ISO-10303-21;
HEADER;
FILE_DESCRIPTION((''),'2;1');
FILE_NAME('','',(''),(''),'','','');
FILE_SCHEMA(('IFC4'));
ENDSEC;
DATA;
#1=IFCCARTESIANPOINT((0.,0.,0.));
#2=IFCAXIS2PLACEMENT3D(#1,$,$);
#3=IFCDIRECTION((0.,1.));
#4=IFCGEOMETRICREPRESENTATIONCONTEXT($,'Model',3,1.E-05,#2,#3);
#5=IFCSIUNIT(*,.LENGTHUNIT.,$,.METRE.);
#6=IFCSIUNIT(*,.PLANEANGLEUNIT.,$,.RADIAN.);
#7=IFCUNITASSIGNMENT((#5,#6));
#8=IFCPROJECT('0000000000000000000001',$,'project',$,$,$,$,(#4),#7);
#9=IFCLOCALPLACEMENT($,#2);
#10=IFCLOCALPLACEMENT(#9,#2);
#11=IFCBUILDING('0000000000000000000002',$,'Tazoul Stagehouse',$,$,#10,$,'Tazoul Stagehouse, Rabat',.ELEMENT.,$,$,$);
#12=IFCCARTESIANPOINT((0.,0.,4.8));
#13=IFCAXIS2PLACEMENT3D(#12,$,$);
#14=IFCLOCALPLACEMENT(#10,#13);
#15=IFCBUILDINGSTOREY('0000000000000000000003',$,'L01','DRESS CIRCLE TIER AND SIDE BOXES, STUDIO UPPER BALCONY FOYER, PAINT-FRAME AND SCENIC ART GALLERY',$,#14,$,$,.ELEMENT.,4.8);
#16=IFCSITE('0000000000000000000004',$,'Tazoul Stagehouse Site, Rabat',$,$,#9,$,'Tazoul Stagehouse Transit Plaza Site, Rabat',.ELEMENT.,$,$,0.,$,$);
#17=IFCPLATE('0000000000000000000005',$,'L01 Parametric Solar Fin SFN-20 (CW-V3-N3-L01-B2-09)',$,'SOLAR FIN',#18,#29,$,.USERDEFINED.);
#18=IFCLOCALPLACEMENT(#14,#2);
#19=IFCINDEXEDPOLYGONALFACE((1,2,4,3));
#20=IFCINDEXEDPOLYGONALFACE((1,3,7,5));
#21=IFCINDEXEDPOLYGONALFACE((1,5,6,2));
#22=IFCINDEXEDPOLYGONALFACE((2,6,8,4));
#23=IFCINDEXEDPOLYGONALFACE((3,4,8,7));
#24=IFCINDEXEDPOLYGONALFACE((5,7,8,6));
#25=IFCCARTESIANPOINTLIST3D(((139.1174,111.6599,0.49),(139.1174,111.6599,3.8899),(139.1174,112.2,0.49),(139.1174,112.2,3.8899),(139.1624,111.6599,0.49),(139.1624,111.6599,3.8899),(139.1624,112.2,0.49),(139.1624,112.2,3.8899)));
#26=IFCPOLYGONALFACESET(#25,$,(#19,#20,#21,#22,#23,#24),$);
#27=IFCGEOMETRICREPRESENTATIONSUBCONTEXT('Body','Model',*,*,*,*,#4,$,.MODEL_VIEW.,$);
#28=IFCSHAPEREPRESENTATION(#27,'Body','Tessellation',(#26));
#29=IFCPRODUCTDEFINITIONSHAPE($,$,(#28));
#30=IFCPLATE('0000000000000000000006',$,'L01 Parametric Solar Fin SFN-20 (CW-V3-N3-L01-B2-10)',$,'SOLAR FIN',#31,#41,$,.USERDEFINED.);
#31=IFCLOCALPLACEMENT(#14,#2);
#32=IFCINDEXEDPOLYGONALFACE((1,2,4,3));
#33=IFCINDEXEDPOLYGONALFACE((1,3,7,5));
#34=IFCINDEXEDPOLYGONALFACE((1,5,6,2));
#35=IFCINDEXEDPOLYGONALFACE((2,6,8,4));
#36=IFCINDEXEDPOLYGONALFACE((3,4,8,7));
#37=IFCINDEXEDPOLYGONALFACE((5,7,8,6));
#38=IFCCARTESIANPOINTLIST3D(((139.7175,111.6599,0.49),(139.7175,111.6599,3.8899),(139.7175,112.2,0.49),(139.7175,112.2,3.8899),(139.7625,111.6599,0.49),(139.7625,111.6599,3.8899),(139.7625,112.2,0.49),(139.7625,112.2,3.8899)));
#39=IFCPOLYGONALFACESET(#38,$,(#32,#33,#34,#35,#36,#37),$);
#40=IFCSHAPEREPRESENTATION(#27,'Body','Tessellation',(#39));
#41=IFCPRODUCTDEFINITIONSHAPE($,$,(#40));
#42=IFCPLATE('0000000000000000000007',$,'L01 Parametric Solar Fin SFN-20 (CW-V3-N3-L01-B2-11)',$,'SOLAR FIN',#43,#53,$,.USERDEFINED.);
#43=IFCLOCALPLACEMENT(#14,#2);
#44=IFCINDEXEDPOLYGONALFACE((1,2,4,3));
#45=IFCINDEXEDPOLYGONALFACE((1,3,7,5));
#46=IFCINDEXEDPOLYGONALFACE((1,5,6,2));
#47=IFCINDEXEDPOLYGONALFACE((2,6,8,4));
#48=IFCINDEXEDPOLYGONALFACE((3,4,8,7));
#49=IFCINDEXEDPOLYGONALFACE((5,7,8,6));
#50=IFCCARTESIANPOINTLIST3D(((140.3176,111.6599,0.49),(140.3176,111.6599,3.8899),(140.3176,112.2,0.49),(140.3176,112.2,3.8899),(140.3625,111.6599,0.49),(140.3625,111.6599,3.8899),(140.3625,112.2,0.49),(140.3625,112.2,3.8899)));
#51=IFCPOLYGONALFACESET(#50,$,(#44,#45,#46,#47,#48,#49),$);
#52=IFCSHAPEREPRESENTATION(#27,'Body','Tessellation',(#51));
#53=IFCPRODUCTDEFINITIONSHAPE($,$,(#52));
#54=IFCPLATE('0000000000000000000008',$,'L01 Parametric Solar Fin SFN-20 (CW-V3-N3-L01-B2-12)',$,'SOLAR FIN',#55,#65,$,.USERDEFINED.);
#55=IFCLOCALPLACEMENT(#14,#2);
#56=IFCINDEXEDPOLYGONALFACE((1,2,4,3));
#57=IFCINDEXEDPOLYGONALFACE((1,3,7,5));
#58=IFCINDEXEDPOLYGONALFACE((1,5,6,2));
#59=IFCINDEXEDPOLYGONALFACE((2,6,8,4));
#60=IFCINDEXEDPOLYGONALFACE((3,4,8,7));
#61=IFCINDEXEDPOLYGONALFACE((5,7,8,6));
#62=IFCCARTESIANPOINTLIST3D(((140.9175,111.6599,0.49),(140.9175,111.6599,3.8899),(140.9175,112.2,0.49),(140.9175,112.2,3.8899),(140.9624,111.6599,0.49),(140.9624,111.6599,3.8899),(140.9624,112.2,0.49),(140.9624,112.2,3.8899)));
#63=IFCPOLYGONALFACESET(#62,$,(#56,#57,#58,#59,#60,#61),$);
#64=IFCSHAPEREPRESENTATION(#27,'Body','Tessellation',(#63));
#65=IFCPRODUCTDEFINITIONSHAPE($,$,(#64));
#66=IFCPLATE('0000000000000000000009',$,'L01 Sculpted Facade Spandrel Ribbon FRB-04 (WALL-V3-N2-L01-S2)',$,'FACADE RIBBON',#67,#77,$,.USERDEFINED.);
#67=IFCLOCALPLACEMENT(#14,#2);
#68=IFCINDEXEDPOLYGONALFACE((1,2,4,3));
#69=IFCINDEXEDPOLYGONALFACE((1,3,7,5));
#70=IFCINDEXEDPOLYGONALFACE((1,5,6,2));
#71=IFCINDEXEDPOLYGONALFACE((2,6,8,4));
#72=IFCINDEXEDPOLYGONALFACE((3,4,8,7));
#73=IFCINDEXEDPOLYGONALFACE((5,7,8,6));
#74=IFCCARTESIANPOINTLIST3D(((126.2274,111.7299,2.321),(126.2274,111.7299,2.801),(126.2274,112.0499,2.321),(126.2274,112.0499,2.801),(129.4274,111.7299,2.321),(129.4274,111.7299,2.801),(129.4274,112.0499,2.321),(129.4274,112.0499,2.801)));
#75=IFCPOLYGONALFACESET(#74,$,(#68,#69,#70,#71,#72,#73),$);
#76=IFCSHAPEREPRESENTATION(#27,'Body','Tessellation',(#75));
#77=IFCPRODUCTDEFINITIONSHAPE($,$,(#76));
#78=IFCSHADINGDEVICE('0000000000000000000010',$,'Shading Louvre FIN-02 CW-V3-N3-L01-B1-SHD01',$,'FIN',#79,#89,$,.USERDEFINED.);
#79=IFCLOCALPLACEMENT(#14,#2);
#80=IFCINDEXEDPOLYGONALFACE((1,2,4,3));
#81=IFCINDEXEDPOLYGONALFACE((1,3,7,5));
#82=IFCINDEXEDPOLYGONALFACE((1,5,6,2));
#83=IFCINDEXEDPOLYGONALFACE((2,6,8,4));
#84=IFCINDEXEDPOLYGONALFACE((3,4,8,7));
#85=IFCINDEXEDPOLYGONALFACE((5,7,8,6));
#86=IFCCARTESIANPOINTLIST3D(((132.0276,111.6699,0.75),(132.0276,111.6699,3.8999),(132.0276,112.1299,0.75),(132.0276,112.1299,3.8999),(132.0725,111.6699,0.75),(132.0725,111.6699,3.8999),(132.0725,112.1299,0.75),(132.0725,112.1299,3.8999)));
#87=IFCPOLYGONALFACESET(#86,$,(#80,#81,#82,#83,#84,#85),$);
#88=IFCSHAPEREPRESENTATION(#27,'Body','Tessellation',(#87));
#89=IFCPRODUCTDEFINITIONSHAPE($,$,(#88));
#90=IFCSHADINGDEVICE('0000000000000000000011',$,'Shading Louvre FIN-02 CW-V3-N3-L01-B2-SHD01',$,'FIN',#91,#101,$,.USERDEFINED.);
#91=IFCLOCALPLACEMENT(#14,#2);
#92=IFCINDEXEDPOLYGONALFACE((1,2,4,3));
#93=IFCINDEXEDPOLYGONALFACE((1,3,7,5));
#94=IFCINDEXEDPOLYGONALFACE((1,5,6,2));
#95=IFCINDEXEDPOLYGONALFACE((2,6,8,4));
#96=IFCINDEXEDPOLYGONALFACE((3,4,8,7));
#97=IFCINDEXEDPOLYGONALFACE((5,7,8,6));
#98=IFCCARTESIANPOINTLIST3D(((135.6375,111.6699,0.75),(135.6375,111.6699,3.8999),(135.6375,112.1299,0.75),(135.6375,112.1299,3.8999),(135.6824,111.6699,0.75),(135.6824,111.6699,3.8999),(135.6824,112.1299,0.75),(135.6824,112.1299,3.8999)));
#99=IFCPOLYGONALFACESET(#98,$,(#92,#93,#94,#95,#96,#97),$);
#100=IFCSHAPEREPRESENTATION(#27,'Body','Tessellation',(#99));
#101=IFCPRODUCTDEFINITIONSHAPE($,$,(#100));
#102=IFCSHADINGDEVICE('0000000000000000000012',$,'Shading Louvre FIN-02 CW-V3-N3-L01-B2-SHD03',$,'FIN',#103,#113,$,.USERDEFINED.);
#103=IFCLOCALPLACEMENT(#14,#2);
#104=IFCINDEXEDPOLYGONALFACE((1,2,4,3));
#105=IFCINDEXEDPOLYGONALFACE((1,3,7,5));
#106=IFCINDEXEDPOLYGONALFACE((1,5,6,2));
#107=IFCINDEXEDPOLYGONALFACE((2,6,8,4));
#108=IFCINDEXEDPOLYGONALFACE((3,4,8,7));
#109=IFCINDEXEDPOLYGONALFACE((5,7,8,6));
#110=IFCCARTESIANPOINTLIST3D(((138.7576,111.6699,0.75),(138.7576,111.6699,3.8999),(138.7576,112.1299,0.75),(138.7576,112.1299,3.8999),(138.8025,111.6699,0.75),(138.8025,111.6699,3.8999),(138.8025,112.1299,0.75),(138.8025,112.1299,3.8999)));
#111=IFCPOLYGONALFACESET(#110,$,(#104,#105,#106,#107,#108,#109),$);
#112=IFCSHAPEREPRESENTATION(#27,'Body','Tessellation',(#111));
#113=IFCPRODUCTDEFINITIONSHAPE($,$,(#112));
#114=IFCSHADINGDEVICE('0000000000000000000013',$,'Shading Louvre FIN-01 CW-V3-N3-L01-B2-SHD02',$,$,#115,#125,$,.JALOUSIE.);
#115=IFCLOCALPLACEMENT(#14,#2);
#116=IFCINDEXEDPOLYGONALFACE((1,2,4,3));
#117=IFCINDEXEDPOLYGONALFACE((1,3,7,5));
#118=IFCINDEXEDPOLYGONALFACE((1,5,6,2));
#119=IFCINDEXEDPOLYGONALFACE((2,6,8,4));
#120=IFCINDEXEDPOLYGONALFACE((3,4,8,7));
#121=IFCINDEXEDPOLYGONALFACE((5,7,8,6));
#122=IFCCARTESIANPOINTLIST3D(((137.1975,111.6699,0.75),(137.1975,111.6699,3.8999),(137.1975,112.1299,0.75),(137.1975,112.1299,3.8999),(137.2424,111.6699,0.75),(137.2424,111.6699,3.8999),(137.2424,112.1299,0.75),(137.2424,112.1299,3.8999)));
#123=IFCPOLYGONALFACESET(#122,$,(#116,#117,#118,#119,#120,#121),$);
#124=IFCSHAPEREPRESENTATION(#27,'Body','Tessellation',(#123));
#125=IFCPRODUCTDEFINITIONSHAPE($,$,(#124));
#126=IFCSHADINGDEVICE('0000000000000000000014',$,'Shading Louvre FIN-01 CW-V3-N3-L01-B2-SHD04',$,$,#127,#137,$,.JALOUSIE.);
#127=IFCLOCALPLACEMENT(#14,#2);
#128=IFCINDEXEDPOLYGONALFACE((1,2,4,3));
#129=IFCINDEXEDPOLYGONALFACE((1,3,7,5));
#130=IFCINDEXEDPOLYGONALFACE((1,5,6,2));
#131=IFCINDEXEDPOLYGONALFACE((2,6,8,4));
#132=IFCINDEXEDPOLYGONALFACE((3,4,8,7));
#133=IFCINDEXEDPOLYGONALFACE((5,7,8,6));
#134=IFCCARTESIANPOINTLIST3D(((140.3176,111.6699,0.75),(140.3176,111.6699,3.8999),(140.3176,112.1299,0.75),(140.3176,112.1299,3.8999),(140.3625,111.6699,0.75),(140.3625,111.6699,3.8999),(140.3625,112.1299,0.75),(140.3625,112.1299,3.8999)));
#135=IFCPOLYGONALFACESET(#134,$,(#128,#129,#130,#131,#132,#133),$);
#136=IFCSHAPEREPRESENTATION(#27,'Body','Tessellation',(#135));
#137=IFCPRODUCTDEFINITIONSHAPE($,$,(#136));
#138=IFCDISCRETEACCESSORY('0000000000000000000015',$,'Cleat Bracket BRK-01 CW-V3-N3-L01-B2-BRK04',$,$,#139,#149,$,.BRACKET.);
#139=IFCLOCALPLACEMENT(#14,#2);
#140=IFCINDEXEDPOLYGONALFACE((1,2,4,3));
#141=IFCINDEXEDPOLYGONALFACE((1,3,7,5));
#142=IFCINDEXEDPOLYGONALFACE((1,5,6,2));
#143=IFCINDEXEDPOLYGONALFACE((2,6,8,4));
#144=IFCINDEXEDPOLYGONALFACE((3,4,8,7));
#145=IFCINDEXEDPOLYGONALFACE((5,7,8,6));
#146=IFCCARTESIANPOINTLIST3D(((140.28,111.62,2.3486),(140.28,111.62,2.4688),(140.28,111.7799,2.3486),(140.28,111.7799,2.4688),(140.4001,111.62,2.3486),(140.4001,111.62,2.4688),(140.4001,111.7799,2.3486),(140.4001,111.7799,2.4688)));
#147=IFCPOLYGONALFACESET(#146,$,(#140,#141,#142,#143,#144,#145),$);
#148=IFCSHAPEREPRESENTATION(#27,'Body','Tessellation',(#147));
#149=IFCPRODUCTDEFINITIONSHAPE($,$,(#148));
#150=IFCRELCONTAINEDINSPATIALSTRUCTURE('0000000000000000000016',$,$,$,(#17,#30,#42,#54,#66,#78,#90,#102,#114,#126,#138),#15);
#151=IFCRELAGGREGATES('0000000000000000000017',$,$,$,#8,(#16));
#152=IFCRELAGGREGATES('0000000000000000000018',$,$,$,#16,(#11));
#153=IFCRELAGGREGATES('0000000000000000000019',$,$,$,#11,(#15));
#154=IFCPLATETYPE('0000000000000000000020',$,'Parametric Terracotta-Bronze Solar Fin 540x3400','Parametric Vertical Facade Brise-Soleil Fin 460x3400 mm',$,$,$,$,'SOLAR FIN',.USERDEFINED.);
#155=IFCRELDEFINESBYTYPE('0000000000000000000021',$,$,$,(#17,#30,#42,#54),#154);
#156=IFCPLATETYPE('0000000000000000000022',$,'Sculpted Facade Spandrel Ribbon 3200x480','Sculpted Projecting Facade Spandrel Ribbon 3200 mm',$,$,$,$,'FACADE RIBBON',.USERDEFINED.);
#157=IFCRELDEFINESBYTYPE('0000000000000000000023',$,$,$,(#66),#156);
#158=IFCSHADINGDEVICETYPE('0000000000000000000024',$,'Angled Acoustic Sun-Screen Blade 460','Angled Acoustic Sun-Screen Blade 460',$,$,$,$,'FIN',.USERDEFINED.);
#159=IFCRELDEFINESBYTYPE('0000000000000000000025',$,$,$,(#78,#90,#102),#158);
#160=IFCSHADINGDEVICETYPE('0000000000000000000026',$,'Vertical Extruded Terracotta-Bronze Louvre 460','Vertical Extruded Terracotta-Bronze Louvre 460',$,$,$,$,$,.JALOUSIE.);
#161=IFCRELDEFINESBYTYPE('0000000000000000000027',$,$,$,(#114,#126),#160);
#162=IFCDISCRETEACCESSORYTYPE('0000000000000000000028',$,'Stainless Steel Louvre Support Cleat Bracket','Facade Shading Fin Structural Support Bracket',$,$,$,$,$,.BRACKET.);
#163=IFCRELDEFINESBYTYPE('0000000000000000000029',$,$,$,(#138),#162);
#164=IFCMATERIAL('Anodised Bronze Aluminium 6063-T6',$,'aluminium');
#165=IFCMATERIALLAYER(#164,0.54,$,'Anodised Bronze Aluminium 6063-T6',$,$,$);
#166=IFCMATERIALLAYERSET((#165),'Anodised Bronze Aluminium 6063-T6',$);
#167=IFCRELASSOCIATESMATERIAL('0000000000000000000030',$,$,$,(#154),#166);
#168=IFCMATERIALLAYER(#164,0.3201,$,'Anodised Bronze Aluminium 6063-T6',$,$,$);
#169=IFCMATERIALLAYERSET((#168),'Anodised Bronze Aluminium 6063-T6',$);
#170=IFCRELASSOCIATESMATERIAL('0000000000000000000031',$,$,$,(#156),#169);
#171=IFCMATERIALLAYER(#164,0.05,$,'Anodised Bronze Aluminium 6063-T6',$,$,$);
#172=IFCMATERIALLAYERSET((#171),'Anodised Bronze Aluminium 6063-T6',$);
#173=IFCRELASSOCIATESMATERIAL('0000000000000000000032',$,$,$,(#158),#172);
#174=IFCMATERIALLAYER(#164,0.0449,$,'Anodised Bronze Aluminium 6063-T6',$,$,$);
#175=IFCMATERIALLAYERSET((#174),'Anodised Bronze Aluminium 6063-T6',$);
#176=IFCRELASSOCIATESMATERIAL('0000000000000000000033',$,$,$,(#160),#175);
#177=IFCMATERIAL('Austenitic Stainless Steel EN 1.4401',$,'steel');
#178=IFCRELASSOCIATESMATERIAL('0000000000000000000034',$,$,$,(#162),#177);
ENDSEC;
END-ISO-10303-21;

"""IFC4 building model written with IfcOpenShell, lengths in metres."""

from ifc_helpers import new_model, si_unit, direction, frame, origin, origin_2d, place, context, subcontext, project, spatial, rectangle, extrude, material, layer, layer_set, type_object, element, save


model = new_model("IFC4")

# Units and contexts
model_context = context("Model", 3, precision=1e-05, world=origin(), true_north=direction((0.0, 1.0)))
body_context = subcontext(model_context, "Body", "Model", "MODEL_VIEW")
ifc_project = project(units=[si_unit("LENGTHUNIT", "METRE"), si_unit("PLANEANGLEUNIT", "RADIAN")], contexts=[model_context])

# Site, building, storey
site_placement = place(None, origin())
site = spatial("IfcSite", under=ifc_project, at=site_placement, Name="Tazoul Stagehouse Site, Rabat", LongName="Tazoul Stagehouse Transit Plaza Site, Rabat", CompositionType="ELEMENT", RefElevation=0.0)
building_placement = place(site_placement, origin())
building = spatial("IfcBuilding", under=site, at=building_placement, Name="Tazoul Stagehouse", LongName="Tazoul Stagehouse, Rabat", CompositionType="ELEMENT")
storey_placement = place(building_placement, frame((0.0, 0.0, 4.8)))
storey = spatial("IfcBuildingStorey", under=building, at=storey_placement, Name="L01", Description="DRESS CIRCLE TIER AND SIDE BOXES, STUDIO UPPER BALCONY FOYER, PAINT-FRAME AND SCENIC ART GALLERY", CompositionType="ELEMENT", Elevation=4.8)

# Plates
ifc_material_1 = material(Name="Anodised Bronze Aluminium 6063-T6", Category="aluminium")
ifc_layer_1 = layer(ifc_material_1, 0.54, Name="Anodised Bronze Aluminium 6063-T6")
ifc_layer_set_1 = layer_set([ifc_layer_1], Name="Anodised Bronze Aluminium 6063-T6")
plate_type_1 = type_object("IfcPlateType", Name="Parametric Terracotta-Bronze Solar Fin 540x3400", Description="Parametric Vertical Facade Brise-Soleil Fin 460x3400 mm", ElementType="SOLAR FIN", PredefinedType="USERDEFINED", material=ifc_layer_set_1)
for number, where, z_axis, x_axis, name in (
    (1, (139.1399, 111.9299, 0.49), (0.0, 0.0, 1.0), (1.0, 0.0, 0.0), "L01 Parametric Solar Fin SFN-20 (CW-V3-N3-L01-B2-09)"),
    (2, (139.74, 111.9299, 0.49), (0.0, 0.0, 1.0), (1.0, 0.0, 0.0), "L01 Parametric Solar Fin SFN-20 (CW-V3-N3-L01-B2-10)"),
    (3, (140.3401, 111.9299, 0.49), (0.0, 0.0, 1.0), (1.0, 0.0, 0.0), "L01 Parametric Solar Fin SFN-20 (CW-V3-N3-L01-B2-11)"),
    (4, (140.9399, 111.9299, 0.49), (0.0, 0.0, 1.0), (1.0, 0.0, 0.0), "L01 Parametric Solar Fin SFN-20 (CW-V3-N3-L01-B2-12)"),
):
    element("IfcPlate", number, at=place(storey_placement, frame(where, z_axis=z_axis, x_axis=x_axis)), inside=storey, type_object=plate_type_1, Name=name, ObjectType="SOLAR FIN", PredefinedType="USERDEFINED", context=body_context, shape_type="SweptSolid", body=[
        extrude(rectangle(XDim=0.0449, YDim=0.54, at=origin_2d()), origin(), (0.0, 0.0, 1.0), 3.3999),
    ])
ifc_layer_2 = layer(ifc_material_1, 0.3201, Name="Anodised Bronze Aluminium 6063-T6")
ifc_layer_set_2 = layer_set([ifc_layer_2], Name="Anodised Bronze Aluminium 6063-T6")
plate_type_2 = type_object("IfcPlateType", Name="Sculpted Facade Spandrel Ribbon 3200x480", Description="Sculpted Projecting Facade Spandrel Ribbon 3200 mm", ElementType="FACADE RIBBON", PredefinedType="USERDEFINED", material=ifc_layer_set_2)
plate_placement = place(storey_placement, frame((127.8274, 111.8899, 2.321), z_axis=(0.0, 0.0, 1.0), x_axis=(1.0, 0.0, 0.0)))
element("IfcPlate", 5, at=plate_placement, inside=storey, type_object=plate_type_2, Name="L01 Sculpted Facade Spandrel Ribbon FRB-04 (WALL-V3-N2-L01-S2)", ObjectType="FACADE RIBBON", PredefinedType="USERDEFINED", context=body_context, shape_type="SweptSolid", body=[
    extrude(rectangle(XDim=3.2, YDim=0.3201, at=origin_2d()), origin(), (0.0, 0.0, 1.0), 0.48),
])

# Shading devices
ifc_layer_3 = layer(ifc_material_1, 0.05, Name="Anodised Bronze Aluminium 6063-T6")
ifc_layer_set_3 = layer_set([ifc_layer_3], Name="Anodised Bronze Aluminium 6063-T6")
shading_device_type_1 = type_object("IfcShadingDeviceType", Name="Angled Acoustic Sun-Screen Blade 460", Description="Angled Acoustic Sun-Screen Blade 460", ElementType="FIN", PredefinedType="USERDEFINED", material=ifc_layer_set_3)
for number, where, z_axis, x_axis, name in (
    (6, (132.05, 111.8999, 0.75), (0.0, 0.0, 1.0), (1.0, 0.0, 0.0), "Shading Louvre FIN-02 CW-V3-N3-L01-B1-SHD01"),
    (7, (135.6599, 111.8999, 0.75), (0.0, 0.0, 1.0), (1.0, 0.0, 0.0), "Shading Louvre FIN-02 CW-V3-N3-L01-B2-SHD01"),
    (8, (138.78, 111.8999, 0.75), (0.0, 0.0, 1.0), (1.0, 0.0, 0.0), "Shading Louvre FIN-02 CW-V3-N3-L01-B2-SHD03"),
):
    element("IfcShadingDevice", number, at=place(storey_placement, frame(where, z_axis=z_axis, x_axis=x_axis)), inside=storey, type_object=shading_device_type_1, Name=name, ObjectType="FIN", PredefinedType="USERDEFINED", context=body_context, shape_type="SweptSolid", body=[
        extrude(rectangle(XDim=0.0449, YDim=0.46, at=origin_2d()), origin(), (0.0, 0.0, 1.0), 3.1499),
    ])
ifc_layer_4 = layer(ifc_material_1, 0.0449, Name="Anodised Bronze Aluminium 6063-T6")
ifc_layer_set_4 = layer_set([ifc_layer_4], Name="Anodised Bronze Aluminium 6063-T6")
shading_device_type_2 = type_object("IfcShadingDeviceType", Name="Vertical Extruded Terracotta-Bronze Louvre 460", Description="Vertical Extruded Terracotta-Bronze Louvre 460", PredefinedType="JALOUSIE", material=ifc_layer_set_4)
for number, where, z_axis, x_axis, name in (
    (9, (137.22, 111.8999, 0.75), (0.0, 0.0, 1.0), (1.0, 0.0, 0.0), "Shading Louvre FIN-01 CW-V3-N3-L01-B2-SHD02"),
    (10, (140.3401, 111.8999, 0.75), (0.0, 0.0, 1.0), (1.0, 0.0, 0.0), "Shading Louvre FIN-01 CW-V3-N3-L01-B2-SHD04"),
):
    element("IfcShadingDevice", number, at=place(storey_placement, frame(where, z_axis=z_axis, x_axis=x_axis)), inside=storey, type_object=shading_device_type_2, Name=name, PredefinedType="JALOUSIE", context=body_context, shape_type="SweptSolid", body=[
        extrude(rectangle(XDim=0.0449, YDim=0.46, at=origin_2d()), origin(), (0.0, 0.0, 1.0), 3.1499),
    ])

# Discrete accessory
ifc_material_2 = material(Name="Austenitic Stainless Steel EN 1.4401", Category="steel")
discrete_accessory_type = type_object("IfcDiscreteAccessoryType", Name="Stainless Steel Louvre Support Cleat Bracket", Description="Facade Shading Fin Structural Support Bracket", PredefinedType="BRACKET", material=ifc_material_2)
discrete_accessory_placement = place(storey_placement, frame((140.3401, 111.7, 2.3486), z_axis=(0.0, 0.0, 1.0), x_axis=(1.0, 0.0, 0.0)))
element("IfcDiscreteAccessory", 11, at=discrete_accessory_placement, inside=storey, type_object=discrete_accessory_type, Name="Cleat Bracket BRK-01 CW-V3-N3-L01-B2-BRK04", PredefinedType="BRACKET", context=body_context, shape_type="SweptSolid", body=[
    extrude(rectangle(XDim=0.1201, YDim=0.1599, at=origin_2d()), origin(), (0.0, 0.0, 1.0), 0.1201),
])

save(model, "model.ifc")
